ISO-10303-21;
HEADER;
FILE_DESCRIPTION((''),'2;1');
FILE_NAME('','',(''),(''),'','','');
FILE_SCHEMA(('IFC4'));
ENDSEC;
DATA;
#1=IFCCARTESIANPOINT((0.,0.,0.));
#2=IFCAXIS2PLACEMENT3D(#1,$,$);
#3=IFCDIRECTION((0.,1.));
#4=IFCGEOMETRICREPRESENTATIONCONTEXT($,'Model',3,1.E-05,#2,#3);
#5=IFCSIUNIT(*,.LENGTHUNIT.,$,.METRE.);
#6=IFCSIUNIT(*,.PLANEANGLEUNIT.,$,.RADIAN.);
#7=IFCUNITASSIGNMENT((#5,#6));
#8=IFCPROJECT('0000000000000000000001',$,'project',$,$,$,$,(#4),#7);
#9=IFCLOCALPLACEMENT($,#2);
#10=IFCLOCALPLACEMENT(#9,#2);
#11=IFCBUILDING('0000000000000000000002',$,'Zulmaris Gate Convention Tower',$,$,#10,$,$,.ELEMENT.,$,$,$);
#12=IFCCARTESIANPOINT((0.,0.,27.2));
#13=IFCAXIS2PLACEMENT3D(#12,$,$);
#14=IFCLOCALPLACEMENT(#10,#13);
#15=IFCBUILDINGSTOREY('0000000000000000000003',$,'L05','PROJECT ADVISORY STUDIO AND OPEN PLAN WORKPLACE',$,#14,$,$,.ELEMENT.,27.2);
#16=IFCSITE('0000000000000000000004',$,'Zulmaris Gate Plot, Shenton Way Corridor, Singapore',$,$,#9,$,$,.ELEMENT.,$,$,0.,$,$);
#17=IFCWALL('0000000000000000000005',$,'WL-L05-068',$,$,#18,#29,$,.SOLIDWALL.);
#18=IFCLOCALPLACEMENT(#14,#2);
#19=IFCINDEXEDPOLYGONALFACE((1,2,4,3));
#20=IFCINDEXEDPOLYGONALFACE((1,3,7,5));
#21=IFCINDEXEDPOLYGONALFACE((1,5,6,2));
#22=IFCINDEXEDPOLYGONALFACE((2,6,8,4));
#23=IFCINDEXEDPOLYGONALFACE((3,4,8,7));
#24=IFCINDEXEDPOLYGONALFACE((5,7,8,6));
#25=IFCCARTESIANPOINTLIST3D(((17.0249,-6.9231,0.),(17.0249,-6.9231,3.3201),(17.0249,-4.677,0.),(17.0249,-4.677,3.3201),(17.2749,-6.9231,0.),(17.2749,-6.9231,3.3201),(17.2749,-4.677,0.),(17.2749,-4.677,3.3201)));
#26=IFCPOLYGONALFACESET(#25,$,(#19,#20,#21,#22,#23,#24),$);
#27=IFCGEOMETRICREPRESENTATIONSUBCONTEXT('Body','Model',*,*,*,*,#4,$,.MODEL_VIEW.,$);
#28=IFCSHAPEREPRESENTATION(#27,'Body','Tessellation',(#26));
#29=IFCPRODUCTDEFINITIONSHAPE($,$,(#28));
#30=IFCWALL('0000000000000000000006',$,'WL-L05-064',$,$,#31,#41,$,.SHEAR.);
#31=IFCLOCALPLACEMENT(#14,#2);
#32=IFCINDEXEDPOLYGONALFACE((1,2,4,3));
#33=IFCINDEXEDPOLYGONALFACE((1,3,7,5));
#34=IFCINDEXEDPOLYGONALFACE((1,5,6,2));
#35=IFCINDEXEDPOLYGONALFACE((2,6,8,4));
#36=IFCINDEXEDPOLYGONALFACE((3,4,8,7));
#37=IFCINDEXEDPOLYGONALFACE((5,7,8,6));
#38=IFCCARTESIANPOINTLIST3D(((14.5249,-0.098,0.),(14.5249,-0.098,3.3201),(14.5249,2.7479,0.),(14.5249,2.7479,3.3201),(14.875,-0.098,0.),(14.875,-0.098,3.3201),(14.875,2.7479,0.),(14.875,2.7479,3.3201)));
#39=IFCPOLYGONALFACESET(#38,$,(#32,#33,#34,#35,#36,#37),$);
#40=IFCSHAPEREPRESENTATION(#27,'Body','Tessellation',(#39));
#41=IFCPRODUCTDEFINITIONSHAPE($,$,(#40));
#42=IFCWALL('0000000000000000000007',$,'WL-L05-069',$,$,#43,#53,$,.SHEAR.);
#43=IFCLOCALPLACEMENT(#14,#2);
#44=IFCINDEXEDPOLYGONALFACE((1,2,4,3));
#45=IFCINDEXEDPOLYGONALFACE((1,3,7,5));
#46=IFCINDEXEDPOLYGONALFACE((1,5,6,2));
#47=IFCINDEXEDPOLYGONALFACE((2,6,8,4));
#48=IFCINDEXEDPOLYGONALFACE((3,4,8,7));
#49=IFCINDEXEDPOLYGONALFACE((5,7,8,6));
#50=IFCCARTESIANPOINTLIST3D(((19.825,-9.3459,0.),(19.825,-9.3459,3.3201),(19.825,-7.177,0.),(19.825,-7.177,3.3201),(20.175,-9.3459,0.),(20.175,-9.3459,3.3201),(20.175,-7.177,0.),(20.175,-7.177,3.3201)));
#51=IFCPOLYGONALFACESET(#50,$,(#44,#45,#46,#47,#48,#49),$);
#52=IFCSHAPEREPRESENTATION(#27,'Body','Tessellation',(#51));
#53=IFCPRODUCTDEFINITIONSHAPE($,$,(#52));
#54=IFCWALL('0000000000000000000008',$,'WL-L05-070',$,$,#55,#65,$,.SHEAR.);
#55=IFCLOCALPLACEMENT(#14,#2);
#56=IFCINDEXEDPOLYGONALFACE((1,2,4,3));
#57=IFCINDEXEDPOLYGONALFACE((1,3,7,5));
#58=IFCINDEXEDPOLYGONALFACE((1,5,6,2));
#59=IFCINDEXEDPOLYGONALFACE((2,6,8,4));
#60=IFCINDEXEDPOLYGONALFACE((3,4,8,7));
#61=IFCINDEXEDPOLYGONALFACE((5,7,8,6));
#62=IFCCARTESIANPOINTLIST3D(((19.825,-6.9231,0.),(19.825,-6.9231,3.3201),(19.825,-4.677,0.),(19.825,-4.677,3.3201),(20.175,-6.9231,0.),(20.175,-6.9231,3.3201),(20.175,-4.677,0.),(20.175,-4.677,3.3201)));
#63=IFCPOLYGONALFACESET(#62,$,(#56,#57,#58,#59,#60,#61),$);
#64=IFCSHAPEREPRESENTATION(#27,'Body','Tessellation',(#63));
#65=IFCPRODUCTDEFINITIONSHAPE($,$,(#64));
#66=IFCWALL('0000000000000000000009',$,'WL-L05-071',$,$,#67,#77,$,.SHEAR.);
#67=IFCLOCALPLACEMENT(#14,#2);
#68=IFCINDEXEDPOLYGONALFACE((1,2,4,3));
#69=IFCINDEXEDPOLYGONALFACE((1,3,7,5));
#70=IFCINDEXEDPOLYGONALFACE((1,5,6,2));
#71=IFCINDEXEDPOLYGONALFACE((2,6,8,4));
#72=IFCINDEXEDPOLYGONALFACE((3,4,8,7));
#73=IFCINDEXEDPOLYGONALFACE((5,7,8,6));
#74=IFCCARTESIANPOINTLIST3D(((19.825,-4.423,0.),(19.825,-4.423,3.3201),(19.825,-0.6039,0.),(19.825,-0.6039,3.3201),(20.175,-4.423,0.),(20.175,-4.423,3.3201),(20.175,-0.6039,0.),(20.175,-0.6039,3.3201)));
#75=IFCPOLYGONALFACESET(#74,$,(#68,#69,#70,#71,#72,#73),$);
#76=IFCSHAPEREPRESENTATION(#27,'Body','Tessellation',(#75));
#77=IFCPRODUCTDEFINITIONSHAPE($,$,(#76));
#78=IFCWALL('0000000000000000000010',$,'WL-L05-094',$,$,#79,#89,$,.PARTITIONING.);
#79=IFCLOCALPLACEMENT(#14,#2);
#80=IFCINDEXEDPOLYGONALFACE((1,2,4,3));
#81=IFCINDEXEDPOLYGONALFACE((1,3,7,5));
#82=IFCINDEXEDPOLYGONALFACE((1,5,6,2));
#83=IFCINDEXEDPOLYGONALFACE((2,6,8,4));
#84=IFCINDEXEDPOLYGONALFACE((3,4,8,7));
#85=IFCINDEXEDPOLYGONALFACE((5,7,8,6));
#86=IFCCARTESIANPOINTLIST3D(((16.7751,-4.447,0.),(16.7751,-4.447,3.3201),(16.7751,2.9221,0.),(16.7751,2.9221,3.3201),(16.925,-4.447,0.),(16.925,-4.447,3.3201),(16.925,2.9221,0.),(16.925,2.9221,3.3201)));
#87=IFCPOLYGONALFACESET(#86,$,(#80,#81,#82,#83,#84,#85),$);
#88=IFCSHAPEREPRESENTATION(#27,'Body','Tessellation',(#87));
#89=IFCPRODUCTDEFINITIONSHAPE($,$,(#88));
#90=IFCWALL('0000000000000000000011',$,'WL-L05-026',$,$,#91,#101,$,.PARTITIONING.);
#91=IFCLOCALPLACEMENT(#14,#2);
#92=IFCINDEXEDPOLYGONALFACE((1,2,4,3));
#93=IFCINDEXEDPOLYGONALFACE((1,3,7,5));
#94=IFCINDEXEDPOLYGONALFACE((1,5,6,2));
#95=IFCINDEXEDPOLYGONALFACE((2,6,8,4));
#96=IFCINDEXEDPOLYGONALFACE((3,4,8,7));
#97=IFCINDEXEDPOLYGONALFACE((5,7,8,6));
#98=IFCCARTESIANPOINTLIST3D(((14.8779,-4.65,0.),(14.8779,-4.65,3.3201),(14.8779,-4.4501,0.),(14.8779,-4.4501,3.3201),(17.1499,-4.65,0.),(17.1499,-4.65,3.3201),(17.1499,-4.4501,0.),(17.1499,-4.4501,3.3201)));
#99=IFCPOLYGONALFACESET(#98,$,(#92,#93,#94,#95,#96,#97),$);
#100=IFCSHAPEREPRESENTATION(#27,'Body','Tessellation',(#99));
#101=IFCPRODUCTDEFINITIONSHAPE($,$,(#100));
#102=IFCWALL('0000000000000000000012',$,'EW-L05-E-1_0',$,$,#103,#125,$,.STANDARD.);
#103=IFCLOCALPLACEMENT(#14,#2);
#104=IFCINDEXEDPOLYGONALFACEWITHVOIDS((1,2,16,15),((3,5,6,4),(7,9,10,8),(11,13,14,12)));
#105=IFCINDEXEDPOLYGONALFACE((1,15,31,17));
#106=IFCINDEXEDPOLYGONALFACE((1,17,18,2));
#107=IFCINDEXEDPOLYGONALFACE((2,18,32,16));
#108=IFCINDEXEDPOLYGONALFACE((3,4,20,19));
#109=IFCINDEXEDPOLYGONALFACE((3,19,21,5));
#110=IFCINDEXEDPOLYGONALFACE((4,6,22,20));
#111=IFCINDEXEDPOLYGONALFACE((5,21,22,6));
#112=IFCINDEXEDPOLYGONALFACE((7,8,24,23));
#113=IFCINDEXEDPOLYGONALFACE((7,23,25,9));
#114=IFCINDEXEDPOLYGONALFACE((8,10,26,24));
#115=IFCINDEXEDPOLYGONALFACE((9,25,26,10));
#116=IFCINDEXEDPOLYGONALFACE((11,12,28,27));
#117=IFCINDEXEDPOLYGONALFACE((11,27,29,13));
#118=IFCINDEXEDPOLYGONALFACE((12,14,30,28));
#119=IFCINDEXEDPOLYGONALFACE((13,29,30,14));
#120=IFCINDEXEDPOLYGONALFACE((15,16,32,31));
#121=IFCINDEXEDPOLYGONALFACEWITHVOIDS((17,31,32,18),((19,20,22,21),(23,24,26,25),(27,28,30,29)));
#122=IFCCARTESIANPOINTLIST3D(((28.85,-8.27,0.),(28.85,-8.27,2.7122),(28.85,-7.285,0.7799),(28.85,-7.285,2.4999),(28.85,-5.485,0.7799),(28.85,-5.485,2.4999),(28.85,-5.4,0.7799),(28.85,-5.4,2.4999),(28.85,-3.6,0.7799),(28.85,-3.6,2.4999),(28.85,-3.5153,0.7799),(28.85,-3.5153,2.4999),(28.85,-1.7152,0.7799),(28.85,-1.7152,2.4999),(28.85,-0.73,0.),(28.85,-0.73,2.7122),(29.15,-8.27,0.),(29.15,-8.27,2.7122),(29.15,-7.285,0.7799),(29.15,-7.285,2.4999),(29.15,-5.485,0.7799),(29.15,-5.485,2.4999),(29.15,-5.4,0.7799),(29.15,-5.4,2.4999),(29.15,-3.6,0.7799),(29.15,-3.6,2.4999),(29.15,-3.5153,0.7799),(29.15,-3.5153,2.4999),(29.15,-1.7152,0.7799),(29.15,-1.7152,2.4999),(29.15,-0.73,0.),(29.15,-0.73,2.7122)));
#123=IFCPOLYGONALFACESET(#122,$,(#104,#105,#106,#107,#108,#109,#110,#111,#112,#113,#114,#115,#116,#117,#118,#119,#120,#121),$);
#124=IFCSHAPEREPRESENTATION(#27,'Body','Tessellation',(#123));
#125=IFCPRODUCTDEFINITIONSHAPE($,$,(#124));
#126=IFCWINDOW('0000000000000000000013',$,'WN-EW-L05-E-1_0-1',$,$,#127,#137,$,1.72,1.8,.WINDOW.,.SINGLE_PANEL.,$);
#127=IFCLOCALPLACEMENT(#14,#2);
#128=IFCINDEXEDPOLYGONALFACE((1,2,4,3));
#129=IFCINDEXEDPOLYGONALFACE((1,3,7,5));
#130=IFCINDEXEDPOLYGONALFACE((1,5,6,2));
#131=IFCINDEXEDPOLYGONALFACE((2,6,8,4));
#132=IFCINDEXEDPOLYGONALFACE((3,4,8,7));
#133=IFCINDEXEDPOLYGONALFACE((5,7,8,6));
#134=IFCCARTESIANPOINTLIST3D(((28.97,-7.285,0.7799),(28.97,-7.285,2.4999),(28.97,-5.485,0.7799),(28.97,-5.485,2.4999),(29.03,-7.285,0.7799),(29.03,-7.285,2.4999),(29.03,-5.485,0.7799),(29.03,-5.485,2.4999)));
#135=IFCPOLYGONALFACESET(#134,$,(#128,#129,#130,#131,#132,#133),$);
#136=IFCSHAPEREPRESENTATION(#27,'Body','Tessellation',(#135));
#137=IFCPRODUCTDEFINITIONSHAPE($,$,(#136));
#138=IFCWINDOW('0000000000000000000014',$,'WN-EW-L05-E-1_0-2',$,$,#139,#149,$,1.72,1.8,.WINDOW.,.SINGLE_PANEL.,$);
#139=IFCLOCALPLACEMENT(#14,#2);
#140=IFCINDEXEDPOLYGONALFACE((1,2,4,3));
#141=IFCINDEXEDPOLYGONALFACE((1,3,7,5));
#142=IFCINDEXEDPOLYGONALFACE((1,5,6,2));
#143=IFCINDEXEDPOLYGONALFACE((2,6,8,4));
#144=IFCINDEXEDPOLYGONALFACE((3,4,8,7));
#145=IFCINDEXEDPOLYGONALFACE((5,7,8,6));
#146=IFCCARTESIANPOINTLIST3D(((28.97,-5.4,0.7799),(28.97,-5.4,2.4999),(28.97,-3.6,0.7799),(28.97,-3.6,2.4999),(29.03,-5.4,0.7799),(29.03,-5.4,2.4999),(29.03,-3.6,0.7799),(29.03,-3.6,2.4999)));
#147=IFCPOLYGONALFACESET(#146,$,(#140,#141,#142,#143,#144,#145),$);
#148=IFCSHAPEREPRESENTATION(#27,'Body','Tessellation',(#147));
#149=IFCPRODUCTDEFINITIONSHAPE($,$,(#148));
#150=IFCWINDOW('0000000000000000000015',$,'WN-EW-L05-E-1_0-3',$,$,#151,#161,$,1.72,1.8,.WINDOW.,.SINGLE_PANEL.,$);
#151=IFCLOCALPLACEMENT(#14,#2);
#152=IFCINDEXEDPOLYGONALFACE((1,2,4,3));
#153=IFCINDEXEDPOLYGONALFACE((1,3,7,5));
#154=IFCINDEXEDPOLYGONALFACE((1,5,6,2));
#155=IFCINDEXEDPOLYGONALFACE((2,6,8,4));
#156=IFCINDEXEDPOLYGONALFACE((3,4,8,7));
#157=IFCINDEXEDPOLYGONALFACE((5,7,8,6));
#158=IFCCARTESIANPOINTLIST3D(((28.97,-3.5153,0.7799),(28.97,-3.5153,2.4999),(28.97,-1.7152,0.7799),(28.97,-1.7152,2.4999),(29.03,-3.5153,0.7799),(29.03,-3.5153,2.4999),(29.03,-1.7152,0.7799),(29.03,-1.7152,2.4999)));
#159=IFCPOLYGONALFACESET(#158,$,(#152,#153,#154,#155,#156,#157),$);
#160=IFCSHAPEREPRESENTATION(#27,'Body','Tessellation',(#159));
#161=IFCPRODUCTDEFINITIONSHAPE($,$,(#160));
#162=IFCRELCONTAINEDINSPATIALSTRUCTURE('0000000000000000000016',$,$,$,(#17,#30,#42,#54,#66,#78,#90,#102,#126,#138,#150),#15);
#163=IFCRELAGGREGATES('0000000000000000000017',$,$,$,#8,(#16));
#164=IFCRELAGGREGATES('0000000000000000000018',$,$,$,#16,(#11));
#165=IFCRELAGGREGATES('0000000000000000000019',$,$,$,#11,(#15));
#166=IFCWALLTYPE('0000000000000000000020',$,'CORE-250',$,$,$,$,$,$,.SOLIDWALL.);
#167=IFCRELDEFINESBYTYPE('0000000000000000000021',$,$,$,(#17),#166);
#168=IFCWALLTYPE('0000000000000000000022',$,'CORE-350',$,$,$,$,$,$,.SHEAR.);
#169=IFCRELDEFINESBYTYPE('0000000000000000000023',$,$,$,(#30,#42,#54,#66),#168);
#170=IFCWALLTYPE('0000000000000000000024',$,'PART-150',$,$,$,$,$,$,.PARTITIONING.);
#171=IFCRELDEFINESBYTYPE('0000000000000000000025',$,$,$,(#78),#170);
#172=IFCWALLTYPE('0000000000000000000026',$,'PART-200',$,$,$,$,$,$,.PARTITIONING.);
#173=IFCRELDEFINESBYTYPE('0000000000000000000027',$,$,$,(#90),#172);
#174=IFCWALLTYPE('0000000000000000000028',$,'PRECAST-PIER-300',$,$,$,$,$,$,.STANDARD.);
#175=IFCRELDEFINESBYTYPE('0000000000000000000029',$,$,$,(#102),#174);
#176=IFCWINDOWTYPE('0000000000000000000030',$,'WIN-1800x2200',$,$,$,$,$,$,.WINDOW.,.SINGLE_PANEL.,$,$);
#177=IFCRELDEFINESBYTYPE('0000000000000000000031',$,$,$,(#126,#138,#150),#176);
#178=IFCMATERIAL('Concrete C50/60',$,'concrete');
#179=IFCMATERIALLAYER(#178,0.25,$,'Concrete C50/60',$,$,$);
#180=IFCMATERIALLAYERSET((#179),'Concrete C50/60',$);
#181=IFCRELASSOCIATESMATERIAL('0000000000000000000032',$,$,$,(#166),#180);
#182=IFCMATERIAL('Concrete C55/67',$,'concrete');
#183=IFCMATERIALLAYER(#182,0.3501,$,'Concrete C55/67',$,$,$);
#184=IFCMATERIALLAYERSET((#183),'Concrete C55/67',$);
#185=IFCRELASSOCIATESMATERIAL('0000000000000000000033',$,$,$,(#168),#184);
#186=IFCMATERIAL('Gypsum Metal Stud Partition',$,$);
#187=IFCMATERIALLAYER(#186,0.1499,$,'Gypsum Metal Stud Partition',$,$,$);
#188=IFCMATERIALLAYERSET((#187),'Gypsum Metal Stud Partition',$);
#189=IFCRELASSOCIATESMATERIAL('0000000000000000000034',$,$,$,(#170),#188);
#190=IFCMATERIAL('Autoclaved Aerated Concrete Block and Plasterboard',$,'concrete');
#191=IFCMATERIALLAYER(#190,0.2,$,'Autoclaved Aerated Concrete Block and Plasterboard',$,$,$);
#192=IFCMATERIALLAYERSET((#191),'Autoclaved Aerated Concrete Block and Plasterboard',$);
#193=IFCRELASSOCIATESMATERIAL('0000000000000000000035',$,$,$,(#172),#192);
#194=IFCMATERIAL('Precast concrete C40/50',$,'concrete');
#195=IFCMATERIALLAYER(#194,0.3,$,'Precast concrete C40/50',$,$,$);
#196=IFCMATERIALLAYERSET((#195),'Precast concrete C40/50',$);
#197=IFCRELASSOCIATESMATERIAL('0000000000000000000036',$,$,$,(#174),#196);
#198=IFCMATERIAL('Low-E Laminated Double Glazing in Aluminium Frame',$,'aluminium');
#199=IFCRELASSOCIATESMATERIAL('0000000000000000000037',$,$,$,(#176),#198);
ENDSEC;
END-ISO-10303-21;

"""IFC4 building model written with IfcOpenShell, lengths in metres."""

from ifc_helpers import new_model, si_unit, direction, frame, frame_2d, origin, place, context, subcontext, project, spatial, rectangle, extrude, material, layer, layer_set, type_object, element, fill, save


model = new_model("IFC4")

# Units and contexts
model_context = context("Model", 3, precision=1e-05, world=origin(), true_north=direction((0.0, 1.0)))
body_context = subcontext(model_context, "Body", "Model", "MODEL_VIEW")
ifc_project = project(units=[si_unit("LENGTHUNIT", "METRE"), si_unit("PLANEANGLEUNIT", "RADIAN")], contexts=[model_context])

# Site, building, storey
site_placement = place(None, origin())
site = spatial("IfcSite", under=ifc_project, at=site_placement, Name="Zulmaris Gate Plot, Shenton Way Corridor, Singapore", CompositionType="ELEMENT", RefElevation=0.0)
building_placement = place(site_placement, origin())
building = spatial("IfcBuilding", under=site, at=building_placement, Name="Zulmaris Gate Convention Tower", CompositionType="ELEMENT")
storey_placement = place(building_placement, frame((0.0, 0.0, 27.2)))
storey = spatial("IfcBuildingStorey", under=building, at=storey_placement, Name="L05", Description="PROJECT ADVISORY STUDIO AND OPEN PLAN WORKPLACE", CompositionType="ELEMENT", Elevation=27.2)

# Walls
ifc_material_1 = material(Name="Concrete C50/60", Category="concrete")
ifc_layer_1 = layer(ifc_material_1, 0.25, Name="Concrete C50/60")
ifc_layer_set_1 = layer_set([ifc_layer_1], Name="Concrete C50/60")
wall_type_1 = type_object("IfcWallType", Name="CORE-250", PredefinedType="SOLIDWALL", material=ifc_layer_set_1)
wall_1_placement = place(storey_placement, frame((17.1499, -6.9231, 0.0), z_axis=(0.0, 0.0, 1.0), x_axis=(0.0, 1.0, 0.0)))
element("IfcWall", 1, at=wall_1_placement, inside=storey, type_object=wall_type_1, Name="WL-L05-068", PredefinedType="SOLIDWALL", context=body_context, shape_type="SweptSolid", body=[
    extrude(rectangle(XDim=2.2461, YDim=0.25, at=frame_2d((1.123, 0.0))), origin(), (0.0, 0.0, 1.0), 3.3201),
])
ifc_material_2 = material(Name="Concrete C55/67", Category="concrete")
ifc_layer_2 = layer(ifc_material_2, 0.3501, Name="Concrete C55/67")
ifc_layer_set_2 = layer_set([ifc_layer_2], Name="Concrete C55/67")
wall_type_2 = type_object("IfcWallType", Name="CORE-350", PredefinedType="SHEAR", material=ifc_layer_set_2)
wall_2_placement = place(storey_placement, frame((14.7, -0.0979, 0.0), z_axis=(0.0, 0.0, 1.0), x_axis=(0.0, 1.0, 0.0)))
element("IfcWall", 2, at=wall_2_placement, inside=storey, type_object=wall_type_2, Name="WL-L05-064", PredefinedType="SHEAR", context=body_context, shape_type="SweptSolid", body=[
    extrude(rectangle(XDim=2.8459, YDim=0.3501, at=frame_2d((1.4229, 0.0))), origin(), (0.0, 0.0, 1.0), 3.3201),
])
wall_3_placement = place(storey_placement, frame((20.0, -9.3459, 0.0), z_axis=(0.0, 0.0, 1.0), x_axis=(0.0, 1.0, 0.0)))
element("IfcWall", 3, at=wall_3_placement, inside=storey, type_object=wall_type_2, Name="WL-L05-069", PredefinedType="SHEAR", context=body_context, shape_type="SweptSolid", body=[
    extrude(rectangle(XDim=2.1689, YDim=0.3501, at=frame_2d((1.0845, 0.0))), origin(), (0.0, 0.0, 1.0), 3.3201),
])
wall_4_placement = place(storey_placement, frame((20.0, -6.9231, 0.0), z_axis=(0.0, 0.0, 1.0), x_axis=(0.0, 1.0, 0.0)))
element("IfcWall", 4, at=wall_4_placement, inside=storey, type_object=wall_type_2, Name="WL-L05-070", PredefinedType="SHEAR", context=body_context, shape_type="SweptSolid", body=[
    extrude(rectangle(XDim=2.2461, YDim=0.3501, at=frame_2d((1.123, 0.0))), origin(), (0.0, 0.0, 1.0), 3.3201),
])
wall_5_placement = place(storey_placement, frame((20.0, -4.4231, 0.0), z_axis=(0.0, 0.0, 1.0), x_axis=(0.0, 1.0, 0.0)))
element("IfcWall", 5, at=wall_5_placement, inside=storey, type_object=wall_type_2, Name="WL-L05-071", PredefinedType="SHEAR", context=body_context, shape_type="SweptSolid", body=[
    extrude(rectangle(XDim=3.8191, YDim=0.3501, at=frame_2d((1.9097, 0.0))), origin(), (0.0, 0.0, 1.0), 3.3201),
])

# Shared definitions
ifc_material_3 = material(Name="Gypsum Metal Stud Partition")
ifc_layer_3 = layer(ifc_material_3, 0.1499, Name="Gypsum Metal Stud Partition")
ifc_layer_set_3 = layer_set([ifc_layer_3], Name="Gypsum Metal Stud Partition")
wall_type_3 = type_object("IfcWallType", Name="PART-150", PredefinedType="PARTITIONING", material=ifc_layer_set_3)

# Walls
wall_6_placement = place(storey_placement, frame((16.8501, -4.447, 0.0), z_axis=(0.0, 0.0, 1.0), x_axis=(0.0, 1.0, 0.0)))
element("IfcWall", 6, at=wall_6_placement, inside=storey, type_object=wall_type_3, Name="WL-L05-094", PredefinedType="PARTITIONING", context=body_context, shape_type="SweptSolid", body=[
    extrude(rectangle(XDim=7.3691, YDim=0.1499, at=frame_2d((3.6846, 0.0))), origin(), (0.0, 0.0, 1.0), 3.3201),
])
ifc_material_4 = material(Name="Autoclaved Aerated Concrete Block and Plasterboard", Category="concrete")
ifc_layer_4 = layer(ifc_material_4, 0.2, Name="Autoclaved Aerated Concrete Block and Plasterboard")
ifc_layer_set_4 = layer_set([ifc_layer_4], Name="Autoclaved Aerated Concrete Block and Plasterboard")
wall_type_4 = type_object("IfcWallType", Name="PART-200", PredefinedType="PARTITIONING", material=ifc_layer_set_4)
wall_7_placement = place(storey_placement, frame((14.8779, -4.55, 0.0), z_axis=(0.0, 0.0, 1.0), x_axis=(1.0, 0.0, 0.0)))
element("IfcWall", 7, at=wall_7_placement, inside=storey, type_object=wall_type_4, Name="WL-L05-026", PredefinedType="PARTITIONING", context=body_context, shape_type="SweptSolid", body=[
    extrude(rectangle(XDim=2.272, YDim=0.2, at=frame_2d((1.136, 0.0))), origin(), (0.0, 0.0, 1.0), 3.3201),
])

# Wall, openings, windows
ifc_material_5 = material(Name="Precast concrete C40/50", Category="concrete")
ifc_layer_5 = layer(ifc_material_5, 0.3, Name="Precast concrete C40/50")
ifc_layer_set_5 = layer_set([ifc_layer_5], Name="Precast concrete C40/50")
wall_type_5 = type_object("IfcWallType", Name="PRECAST-PIER-300", PredefinedType="STANDARD", material=ifc_layer_set_5)
wall_8_placement = place(storey_placement, frame((29.0, -8.27, 0.0), z_axis=(0.0, 0.0, 1.0), x_axis=(0.0, 1.0, 0.0)))
wall_8 = element("IfcWall", 8, at=wall_8_placement, inside=storey, type_object=wall_type_5, Name="EW-L05-E-1_0", PredefinedType="STANDARD", context=body_context, shape_type="SweptSolid", body=[
    extrude(rectangle(XDim=7.54, YDim=0.3, at=frame_2d((3.77, 0.0))), origin(), (0.0, 0.0, 1.0), 2.7122),
])
opening_1_placement = place(wall_8_placement, frame((0.9851, 0.0, 0.78)))
opening_1 = element("IfcOpeningElement", 9, at=opening_1_placement, cuts=wall_8, PredefinedType="OPENING", context=body_context, shape_type="SweptSolid", body=[
    extrude(rectangle(XDim=1.8, YDim=1.72, at=frame_2d((0.8999, 0.8599))), frame((0.0, 0.1602, 0.0), z_axis=(0.0, -1.0, 0.0), x_axis=(1.0, 0.0, 0.0)), (0.0, 0.0, 1.0), 0.3201),
])
opening_2_placement = place(wall_8_placement, frame((2.8701, 0.0, 0.78)))
opening_2 = element("IfcOpeningElement", 10, at=opening_2_placement, cuts=wall_8, PredefinedType="OPENING", context=body_context, shape_type="SweptSolid", body=[
    extrude(rectangle(XDim=1.8, YDim=1.72, at=frame_2d((0.8999, 0.8599))), frame((0.0, 0.1602, 0.0), z_axis=(0.0, -1.0, 0.0), x_axis=(1.0, 0.0, 0.0)), (0.0, 0.0, 1.0), 0.3201),
])
opening_3_placement = place(wall_8_placement, frame((4.7549, 0.0, 0.78)))
opening_3 = element("IfcOpeningElement", 11, at=opening_3_placement, cuts=wall_8, PredefinedType="OPENING", context=body_context, shape_type="SweptSolid", body=[
    extrude(rectangle(XDim=1.8, YDim=1.72, at=frame_2d((0.8999, 0.8599))), frame((0.0, 0.1602, 0.0), z_axis=(0.0, -1.0, 0.0), x_axis=(1.0, 0.0, 0.0)), (0.0, 0.0, 1.0), 0.3201),
])
ifc_material_6 = material(Name="Low-E Laminated Double Glazing in Aluminium Frame", Category="aluminium")
window_type = type_object("IfcWindowType", Name="WIN-1800x2200", PartitioningType="SINGLE_PANEL", PredefinedType="WINDOW", material=ifc_material_6)
window_1_placement = place(opening_1_placement, origin())
window_1 = element("IfcWindow", 12, at=window_1_placement, inside=storey, type_object=window_type, Name="WN-EW-L05-E-1_0-1", OverallHeight=1.72, OverallWidth=1.8, PartitioningType="SINGLE_PANEL", PredefinedType="WINDOW", context=body_context, shape_type="SweptSolid", body=[
    extrude(rectangle(XDim=1.8, YDim=1.72, at=frame_2d((0.8999, 0.8599))), frame((0.0, 0.03, 0.0), z_axis=(0.0, -1.0, 0.0), x_axis=(1.0, 0.0, 0.0)), (0.0, 0.0, 1.0), 0.0601),
])
fill(opening_1, window_1)
window_2_placement = place(opening_2_placement, origin())
window_2 = element("IfcWindow", 13, at=window_2_placement, inside=storey, type_object=window_type, Name="WN-EW-L05-E-1_0-2", OverallHeight=1.72, OverallWidth=1.8, PartitioningType="SINGLE_PANEL", PredefinedType="WINDOW", context=body_context, shape_type="SweptSolid", body=[
    extrude(rectangle(XDim=1.8, YDim=1.72, at=frame_2d((0.8999, 0.8599))), frame((0.0, 0.03, 0.0), z_axis=(0.0, -1.0, 0.0), x_axis=(1.0, 0.0, 0.0)), (0.0, 0.0, 1.0), 0.0601),
])
fill(opening_2, window_2)
window_3_placement = place(opening_3_placement, origin())
window_3 = element("IfcWindow", 14, at=window_3_placement, inside=storey, type_object=window_type, Name="WN-EW-L05-E-1_0-3", OverallHeight=1.72, OverallWidth=1.8, PartitioningType="SINGLE_PANEL", PredefinedType="WINDOW", context=body_context, shape_type="SweptSolid", body=[
    extrude(rectangle(XDim=1.8, YDim=1.72, at=frame_2d((0.8999, 0.8599))), frame((0.0, 0.03, 0.0), z_axis=(0.0, -1.0, 0.0), x_axis=(1.0, 0.0, 0.0)), (0.0, 0.0, 1.0), 0.0601),
])
fill(opening_3, window_3)

save(model, "model.ifc")
